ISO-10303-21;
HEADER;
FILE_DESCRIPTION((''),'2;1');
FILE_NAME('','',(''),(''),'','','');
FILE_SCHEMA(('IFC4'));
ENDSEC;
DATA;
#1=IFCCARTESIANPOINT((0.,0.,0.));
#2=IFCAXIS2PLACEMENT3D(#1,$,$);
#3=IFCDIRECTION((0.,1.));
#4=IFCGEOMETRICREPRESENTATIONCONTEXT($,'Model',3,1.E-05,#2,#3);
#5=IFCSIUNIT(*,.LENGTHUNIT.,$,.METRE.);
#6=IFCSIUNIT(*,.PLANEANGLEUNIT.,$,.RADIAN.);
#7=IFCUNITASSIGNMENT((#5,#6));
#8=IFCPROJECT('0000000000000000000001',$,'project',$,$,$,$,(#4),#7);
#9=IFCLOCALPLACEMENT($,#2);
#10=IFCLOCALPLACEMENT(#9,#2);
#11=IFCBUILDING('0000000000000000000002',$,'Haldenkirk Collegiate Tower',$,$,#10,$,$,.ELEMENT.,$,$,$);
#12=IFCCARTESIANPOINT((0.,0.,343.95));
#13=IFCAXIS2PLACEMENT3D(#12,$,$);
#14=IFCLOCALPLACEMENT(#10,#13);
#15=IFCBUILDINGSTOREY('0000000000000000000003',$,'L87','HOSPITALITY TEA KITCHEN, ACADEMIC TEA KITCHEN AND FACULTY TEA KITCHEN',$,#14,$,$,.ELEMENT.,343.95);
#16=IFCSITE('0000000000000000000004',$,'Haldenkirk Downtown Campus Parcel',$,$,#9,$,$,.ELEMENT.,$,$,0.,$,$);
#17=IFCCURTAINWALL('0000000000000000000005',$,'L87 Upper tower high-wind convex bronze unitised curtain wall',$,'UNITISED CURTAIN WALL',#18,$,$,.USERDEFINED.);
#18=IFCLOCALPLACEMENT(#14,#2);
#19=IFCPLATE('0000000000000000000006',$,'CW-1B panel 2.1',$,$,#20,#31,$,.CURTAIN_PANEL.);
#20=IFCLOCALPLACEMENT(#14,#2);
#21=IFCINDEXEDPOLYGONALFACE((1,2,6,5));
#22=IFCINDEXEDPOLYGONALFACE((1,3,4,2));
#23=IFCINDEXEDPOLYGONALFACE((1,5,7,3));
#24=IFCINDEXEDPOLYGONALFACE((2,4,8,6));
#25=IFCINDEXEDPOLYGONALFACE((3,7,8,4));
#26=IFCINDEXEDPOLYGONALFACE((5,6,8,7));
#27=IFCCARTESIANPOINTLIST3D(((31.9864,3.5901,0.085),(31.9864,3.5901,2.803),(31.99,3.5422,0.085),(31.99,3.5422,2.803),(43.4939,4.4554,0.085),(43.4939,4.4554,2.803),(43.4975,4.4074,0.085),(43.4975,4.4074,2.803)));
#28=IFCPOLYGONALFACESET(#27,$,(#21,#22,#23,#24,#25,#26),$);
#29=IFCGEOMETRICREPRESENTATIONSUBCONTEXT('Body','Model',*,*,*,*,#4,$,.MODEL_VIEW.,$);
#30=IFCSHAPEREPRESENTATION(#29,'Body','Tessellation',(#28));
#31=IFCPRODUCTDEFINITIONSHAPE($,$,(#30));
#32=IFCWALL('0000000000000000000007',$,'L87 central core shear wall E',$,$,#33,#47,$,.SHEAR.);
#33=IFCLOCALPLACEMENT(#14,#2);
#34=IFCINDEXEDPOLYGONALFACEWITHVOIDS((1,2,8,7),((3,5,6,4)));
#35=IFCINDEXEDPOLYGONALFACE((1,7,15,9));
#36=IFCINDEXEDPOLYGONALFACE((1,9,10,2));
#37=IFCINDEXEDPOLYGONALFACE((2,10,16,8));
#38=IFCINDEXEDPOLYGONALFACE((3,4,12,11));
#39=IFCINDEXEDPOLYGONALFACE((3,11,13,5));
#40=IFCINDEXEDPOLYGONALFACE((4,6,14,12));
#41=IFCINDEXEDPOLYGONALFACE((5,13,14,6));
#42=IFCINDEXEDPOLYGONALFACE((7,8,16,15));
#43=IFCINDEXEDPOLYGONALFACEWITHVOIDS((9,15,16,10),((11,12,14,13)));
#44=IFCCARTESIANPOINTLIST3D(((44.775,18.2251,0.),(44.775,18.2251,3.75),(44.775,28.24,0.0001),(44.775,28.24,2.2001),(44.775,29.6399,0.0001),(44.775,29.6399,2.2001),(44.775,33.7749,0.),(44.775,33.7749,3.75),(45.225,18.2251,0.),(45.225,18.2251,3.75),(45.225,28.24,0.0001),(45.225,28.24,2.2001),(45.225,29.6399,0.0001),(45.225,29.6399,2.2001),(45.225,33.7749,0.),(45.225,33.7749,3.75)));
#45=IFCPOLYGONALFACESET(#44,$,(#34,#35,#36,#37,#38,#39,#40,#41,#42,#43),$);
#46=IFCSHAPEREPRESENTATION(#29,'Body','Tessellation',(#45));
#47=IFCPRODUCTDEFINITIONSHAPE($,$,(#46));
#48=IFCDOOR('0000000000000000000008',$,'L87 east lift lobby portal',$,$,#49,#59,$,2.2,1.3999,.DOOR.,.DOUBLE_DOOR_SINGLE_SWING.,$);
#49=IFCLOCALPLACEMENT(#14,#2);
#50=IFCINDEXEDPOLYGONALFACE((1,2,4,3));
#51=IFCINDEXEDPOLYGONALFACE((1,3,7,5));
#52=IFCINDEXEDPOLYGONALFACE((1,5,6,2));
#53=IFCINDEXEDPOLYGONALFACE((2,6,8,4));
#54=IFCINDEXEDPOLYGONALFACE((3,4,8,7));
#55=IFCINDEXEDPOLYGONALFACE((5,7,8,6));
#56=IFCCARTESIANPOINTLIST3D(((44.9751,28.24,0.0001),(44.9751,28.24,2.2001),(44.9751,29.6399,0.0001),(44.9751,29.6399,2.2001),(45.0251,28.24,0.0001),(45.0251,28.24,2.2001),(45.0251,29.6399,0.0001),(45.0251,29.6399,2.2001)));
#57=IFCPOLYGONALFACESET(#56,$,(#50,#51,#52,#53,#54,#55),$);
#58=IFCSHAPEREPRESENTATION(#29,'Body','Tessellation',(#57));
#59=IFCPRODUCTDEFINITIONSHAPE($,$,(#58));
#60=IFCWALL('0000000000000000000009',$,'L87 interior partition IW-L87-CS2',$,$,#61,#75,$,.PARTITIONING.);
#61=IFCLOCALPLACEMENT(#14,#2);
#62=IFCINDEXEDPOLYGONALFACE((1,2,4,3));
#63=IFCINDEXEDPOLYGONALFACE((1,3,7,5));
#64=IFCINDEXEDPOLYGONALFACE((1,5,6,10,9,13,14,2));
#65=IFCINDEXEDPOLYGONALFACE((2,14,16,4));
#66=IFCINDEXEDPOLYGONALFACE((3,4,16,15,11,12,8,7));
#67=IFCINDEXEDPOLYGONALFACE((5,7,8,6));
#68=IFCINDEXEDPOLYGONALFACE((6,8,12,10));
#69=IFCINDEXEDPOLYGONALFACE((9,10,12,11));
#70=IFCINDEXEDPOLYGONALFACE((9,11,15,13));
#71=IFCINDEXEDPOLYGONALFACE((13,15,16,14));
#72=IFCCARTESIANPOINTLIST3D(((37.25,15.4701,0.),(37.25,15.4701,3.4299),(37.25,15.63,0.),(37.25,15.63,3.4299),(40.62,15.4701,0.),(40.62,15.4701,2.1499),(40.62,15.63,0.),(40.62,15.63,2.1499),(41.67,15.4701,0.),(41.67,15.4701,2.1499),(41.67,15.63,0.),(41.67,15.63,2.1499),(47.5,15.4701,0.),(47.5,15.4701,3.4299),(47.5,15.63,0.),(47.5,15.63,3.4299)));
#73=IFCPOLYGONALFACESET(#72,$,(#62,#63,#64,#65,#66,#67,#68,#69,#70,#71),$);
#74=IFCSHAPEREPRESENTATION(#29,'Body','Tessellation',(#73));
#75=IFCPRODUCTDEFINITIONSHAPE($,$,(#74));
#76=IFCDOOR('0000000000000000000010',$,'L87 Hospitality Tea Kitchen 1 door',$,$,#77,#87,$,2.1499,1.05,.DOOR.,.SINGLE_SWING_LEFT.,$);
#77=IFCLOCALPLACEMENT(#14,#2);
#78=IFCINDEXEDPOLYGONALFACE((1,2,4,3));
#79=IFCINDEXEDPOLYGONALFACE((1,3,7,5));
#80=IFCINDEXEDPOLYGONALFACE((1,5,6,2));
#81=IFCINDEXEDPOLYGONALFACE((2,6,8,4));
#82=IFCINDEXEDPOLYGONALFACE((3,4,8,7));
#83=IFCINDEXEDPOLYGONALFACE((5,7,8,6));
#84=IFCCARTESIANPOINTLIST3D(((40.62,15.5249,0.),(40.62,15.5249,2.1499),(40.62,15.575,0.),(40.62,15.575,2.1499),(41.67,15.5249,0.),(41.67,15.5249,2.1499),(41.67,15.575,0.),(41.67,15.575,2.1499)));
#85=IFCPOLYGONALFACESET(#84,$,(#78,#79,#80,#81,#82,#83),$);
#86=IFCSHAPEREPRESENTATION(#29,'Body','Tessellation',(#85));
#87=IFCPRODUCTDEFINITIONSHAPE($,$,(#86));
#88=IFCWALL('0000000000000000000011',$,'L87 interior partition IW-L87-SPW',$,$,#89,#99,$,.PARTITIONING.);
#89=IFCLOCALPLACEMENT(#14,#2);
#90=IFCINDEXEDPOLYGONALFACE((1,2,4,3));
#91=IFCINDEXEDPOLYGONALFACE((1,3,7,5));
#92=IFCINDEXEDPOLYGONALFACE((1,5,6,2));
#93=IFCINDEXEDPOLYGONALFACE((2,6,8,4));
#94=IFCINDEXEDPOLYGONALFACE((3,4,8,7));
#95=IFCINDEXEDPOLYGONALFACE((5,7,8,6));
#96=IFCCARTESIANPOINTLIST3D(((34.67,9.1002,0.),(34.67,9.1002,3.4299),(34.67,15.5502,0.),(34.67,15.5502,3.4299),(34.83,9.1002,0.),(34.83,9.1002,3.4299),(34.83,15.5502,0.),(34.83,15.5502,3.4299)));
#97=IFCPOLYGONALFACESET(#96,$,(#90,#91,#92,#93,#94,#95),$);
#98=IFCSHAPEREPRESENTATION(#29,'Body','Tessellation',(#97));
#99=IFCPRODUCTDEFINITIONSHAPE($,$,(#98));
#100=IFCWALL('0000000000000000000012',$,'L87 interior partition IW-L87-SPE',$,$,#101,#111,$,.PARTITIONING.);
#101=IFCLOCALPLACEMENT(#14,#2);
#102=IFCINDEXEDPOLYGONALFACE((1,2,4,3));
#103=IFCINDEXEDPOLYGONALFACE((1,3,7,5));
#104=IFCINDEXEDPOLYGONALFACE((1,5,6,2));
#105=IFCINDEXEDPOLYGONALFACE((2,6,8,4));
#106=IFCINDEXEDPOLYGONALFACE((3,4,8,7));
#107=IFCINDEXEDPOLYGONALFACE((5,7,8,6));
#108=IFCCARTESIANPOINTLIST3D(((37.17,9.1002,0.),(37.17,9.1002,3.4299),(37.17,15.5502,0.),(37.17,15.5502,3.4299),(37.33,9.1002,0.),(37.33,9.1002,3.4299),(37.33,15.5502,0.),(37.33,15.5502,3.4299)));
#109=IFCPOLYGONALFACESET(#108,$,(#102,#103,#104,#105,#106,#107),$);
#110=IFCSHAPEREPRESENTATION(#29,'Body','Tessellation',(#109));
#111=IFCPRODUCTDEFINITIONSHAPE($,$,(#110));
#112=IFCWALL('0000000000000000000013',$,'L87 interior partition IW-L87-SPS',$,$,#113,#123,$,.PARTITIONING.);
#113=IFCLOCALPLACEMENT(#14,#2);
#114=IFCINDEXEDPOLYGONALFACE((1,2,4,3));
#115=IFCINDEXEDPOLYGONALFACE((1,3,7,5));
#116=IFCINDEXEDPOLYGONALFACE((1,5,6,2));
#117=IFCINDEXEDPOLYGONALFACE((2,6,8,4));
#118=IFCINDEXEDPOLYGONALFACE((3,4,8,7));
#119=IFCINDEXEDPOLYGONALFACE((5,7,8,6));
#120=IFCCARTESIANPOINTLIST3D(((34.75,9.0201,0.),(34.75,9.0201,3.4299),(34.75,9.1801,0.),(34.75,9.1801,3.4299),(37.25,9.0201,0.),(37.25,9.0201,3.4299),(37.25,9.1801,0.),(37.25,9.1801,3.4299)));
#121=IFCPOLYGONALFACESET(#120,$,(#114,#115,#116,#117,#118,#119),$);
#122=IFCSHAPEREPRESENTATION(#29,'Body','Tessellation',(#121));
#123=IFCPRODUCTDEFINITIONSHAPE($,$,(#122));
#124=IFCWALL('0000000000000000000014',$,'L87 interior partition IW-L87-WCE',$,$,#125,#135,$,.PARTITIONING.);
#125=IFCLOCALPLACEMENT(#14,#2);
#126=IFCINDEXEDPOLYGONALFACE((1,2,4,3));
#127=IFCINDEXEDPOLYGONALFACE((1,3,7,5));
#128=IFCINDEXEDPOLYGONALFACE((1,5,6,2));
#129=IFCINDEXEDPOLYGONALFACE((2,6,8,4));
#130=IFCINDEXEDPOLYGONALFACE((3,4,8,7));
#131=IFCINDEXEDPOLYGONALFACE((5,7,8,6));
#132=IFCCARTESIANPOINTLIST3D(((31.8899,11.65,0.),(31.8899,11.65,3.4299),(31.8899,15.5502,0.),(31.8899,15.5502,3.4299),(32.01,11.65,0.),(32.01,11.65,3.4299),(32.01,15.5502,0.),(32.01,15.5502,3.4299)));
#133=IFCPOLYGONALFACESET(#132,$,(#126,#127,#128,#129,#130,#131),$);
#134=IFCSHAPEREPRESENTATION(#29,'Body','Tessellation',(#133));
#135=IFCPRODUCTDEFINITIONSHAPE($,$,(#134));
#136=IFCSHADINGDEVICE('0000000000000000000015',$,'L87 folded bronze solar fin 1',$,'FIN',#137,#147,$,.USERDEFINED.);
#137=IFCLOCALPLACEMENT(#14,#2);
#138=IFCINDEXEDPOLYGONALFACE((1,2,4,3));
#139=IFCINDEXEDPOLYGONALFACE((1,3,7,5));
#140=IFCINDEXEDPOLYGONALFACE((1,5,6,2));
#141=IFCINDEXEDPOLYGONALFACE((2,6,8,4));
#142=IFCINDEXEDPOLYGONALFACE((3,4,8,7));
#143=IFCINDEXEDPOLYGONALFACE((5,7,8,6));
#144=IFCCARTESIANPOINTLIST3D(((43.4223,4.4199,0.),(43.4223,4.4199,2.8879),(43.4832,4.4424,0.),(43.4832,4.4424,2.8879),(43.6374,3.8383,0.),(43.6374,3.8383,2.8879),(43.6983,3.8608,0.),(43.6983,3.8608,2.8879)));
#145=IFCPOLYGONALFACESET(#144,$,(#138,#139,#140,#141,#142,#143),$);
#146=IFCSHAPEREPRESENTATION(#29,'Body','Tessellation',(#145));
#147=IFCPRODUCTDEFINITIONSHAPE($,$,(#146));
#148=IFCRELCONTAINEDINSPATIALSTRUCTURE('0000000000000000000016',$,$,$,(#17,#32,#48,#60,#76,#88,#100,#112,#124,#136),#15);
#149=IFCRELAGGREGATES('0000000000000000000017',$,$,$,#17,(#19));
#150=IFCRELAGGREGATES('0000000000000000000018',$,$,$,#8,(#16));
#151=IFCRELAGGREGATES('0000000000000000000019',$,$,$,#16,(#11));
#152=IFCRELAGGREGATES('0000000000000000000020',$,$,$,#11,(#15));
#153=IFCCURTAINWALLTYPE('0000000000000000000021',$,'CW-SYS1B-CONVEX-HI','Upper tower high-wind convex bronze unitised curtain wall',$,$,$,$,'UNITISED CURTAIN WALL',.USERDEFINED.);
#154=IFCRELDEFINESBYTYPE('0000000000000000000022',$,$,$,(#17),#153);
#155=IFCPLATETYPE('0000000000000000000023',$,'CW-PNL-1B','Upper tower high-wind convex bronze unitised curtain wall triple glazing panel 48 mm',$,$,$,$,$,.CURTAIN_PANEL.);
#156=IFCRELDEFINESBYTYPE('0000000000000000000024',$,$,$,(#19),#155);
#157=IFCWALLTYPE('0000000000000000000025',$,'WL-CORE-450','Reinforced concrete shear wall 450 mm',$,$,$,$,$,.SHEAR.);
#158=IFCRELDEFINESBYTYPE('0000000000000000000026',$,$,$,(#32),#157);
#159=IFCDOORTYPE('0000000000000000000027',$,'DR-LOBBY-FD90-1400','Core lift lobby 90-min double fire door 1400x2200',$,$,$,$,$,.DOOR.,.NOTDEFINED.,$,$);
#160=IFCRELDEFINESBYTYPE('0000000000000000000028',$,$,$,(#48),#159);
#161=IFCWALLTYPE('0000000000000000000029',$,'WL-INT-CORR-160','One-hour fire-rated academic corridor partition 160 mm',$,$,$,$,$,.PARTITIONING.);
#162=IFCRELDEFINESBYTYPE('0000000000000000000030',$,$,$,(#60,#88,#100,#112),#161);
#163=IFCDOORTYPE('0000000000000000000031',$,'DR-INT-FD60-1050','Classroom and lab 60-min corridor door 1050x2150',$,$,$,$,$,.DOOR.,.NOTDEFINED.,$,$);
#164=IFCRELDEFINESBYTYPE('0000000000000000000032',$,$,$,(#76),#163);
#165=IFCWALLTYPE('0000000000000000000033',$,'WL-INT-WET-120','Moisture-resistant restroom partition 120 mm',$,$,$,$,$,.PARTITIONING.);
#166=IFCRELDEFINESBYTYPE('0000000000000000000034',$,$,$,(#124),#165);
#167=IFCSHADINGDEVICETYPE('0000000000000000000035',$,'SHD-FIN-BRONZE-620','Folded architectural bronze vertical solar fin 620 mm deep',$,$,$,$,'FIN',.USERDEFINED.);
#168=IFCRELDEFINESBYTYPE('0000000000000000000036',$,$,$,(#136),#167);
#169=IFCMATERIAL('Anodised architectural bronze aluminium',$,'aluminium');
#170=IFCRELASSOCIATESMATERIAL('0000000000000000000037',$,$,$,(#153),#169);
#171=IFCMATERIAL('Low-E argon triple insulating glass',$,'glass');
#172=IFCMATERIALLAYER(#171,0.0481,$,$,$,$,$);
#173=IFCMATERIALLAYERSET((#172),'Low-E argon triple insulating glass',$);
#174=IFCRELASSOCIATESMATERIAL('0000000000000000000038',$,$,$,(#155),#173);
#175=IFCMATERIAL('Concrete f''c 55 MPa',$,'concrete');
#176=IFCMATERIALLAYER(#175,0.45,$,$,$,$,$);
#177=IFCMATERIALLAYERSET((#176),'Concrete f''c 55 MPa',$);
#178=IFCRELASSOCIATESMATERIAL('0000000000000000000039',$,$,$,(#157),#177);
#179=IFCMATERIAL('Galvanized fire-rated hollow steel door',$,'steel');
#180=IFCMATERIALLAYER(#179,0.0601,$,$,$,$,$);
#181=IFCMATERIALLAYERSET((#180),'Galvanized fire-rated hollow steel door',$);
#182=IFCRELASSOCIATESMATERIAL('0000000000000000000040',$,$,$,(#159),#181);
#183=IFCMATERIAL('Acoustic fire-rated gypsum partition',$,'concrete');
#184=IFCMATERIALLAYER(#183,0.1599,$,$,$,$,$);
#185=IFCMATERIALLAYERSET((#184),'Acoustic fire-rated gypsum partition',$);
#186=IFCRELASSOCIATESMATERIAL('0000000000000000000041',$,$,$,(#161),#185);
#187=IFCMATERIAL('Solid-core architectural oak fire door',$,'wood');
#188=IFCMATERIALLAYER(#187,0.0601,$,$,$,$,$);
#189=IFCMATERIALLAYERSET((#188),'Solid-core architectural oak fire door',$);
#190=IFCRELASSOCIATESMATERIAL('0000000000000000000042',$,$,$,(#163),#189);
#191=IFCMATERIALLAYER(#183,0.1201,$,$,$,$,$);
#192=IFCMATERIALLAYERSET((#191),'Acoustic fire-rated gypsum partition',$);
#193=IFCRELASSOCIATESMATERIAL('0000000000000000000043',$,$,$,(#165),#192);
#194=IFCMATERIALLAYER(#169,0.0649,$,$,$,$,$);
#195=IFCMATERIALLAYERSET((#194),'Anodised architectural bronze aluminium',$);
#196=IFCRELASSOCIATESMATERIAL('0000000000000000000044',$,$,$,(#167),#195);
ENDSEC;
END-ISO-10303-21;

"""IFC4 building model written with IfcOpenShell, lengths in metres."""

from ifc_helpers import new_model, si_unit, direction, frame, frame_2d, origin, origin_2d, place, context, subcontext, project, spatial, rectangle, extrude, source, transform, mapped, material, layer, layer_set, type_object, element, fill, aggregate, save


model = new_model("IFC4")

# Units and contexts
model_context = context("Model", 3, precision=1e-05, world=origin(), true_north=direction((0.0, 1.0)))
body_context = subcontext(model_context, "Body", "Model", "MODEL_VIEW")
ifc_project = project(units=[si_unit("LENGTHUNIT", "METRE"), si_unit("PLANEANGLEUNIT", "RADIAN")], contexts=[model_context])

# Site, building, storey
site_placement = place(None, origin())
site = spatial("IfcSite", under=ifc_project, at=site_placement, Name="Haldenkirk Downtown Campus Parcel", CompositionType="ELEMENT", RefElevation=0.0)
building_placement = place(site_placement, origin())
building = spatial("IfcBuilding", under=site, at=building_placement, Name="Haldenkirk Collegiate Tower", CompositionType="ELEMENT")
storey_placement = place(building_placement, frame((0.0, 0.0, 343.95)))
storey = spatial("IfcBuildingStorey", under=building, at=storey_placement, Name="L87", Description="HOSPITALITY TEA KITCHEN, ACADEMIC TEA KITCHEN AND FACULTY TEA KITCHEN", CompositionType="ELEMENT", Elevation=343.95)

# Curtain wall, plate
ifc_material_1 = material(Name="Anodised architectural bronze aluminium", Category="aluminium")
curtain_wall_type = type_object("IfcCurtainWallType", Name="CW-SYS1B-CONVEX-HI", Description="Upper tower high-wind convex bronze unitised curtain wall", ElementType="UNITISED CURTAIN WALL", PredefinedType="USERDEFINED", material=ifc_material_1)
curtain_wall_placement = place(storey_placement, origin())
curtain_wall = element("IfcCurtainWall", 1, at=curtain_wall_placement, inside=storey, type_object=curtain_wall_type, Name="L87 Upper tower high-wind convex bronze unitised curtain wall", ObjectType="UNITISED CURTAIN WALL", PredefinedType="USERDEFINED")
ifc_material_2 = material(Name="Low-E argon triple insulating glass", Category="glass")
ifc_layer_1 = layer(ifc_material_2, 0.0481)
ifc_layer_set_1 = layer_set([ifc_layer_1], Name="Low-E argon triple insulating glass")
plate_type_1 = type_object("IfcPlateType", Name="CW-PNL-1B", Description="Upper tower high-wind convex bronze unitised curtain wall triple glazing panel 48 mm", PredefinedType="CURTAIN_PANEL", material=ifc_layer_set_1)
shared_shape_1 = source(origin(), body_context, "Body", "SweptSolid", [
    extrude(rectangle(XDim=11.54, YDim=0.0481, at=origin_2d()), origin(), (0.0, 0.0, 1.0), 2.718),
])
plate_1_placement = place(storey_placement, frame((37.7419, 3.9988, 0.085), z_axis=(0.0, 0.0, 1.0), x_axis=(-0.997185, -0.074976, 0.0)))
plate_1 = element("IfcPlate", 2, at=plate_1_placement, type_object=plate_type_1, Name="CW-1B panel 2.1", PredefinedType="CURTAIN_PANEL", context=body_context, shape_type="MappedRepresentation", body=[
    mapped(shared_shape_1, transform((0.0, 0.0, 0.0), x_axis=(1.0, 0.0, 0.0), y_axis=(0.0, 1.0, 0.0), z_axis=(0.0, 0.0, 1.0), scale=1.0)),
])
aggregate(curtain_wall, [plate_1])

# Walls, openings, doors
ifc_material_3 = material(Name="Concrete f'c 55 MPa", Category="concrete")
ifc_layer_2 = layer(ifc_material_3, 0.45)
ifc_layer_set_2 = layer_set([ifc_layer_2], Name="Concrete f'c 55 MPa")
wall_type_1 = type_object("IfcWallType", Name="WL-CORE-450", Description="Reinforced concrete shear wall 450 mm", PredefinedType="SHEAR", material=ifc_layer_set_2)
wall_1_placement = place(storey_placement, frame((45.0, 18.2251, 0.0), z_axis=(0.0, 0.0, 1.0), x_axis=(0.0, 1.0, 0.0)))
wall_1 = element("IfcWall", 3, at=wall_1_placement, inside=storey, type_object=wall_type_1, Name="L87 central core shear wall E", PredefinedType="SHEAR", context=body_context, shape_type="SweptSolid", body=[
    extrude(rectangle(XDim=15.5498, YDim=0.45, at=frame_2d((7.7749, 0.0))), origin(), (0.0, 0.0, 1.0), 3.75),
])
opening_1_placement = place(wall_1_placement, frame((10.0149, 0.0, 0.0)))
opening_1 = element("IfcOpeningElement", 4, at=opening_1_placement, cuts=wall_1, PredefinedType="OPENING", context=body_context, shape_type="SweptSolid", body=[
    extrude(rectangle(XDim=1.3999, YDim=2.2, at=frame_2d((0.7, 1.1001))), frame((0.0, 0.2349, 0.0), z_axis=(0.0, -1.0, 0.0), x_axis=(1.0, 0.0, 0.0)), (0.0, 0.0, 1.0), 0.47),
])
ifc_material_4 = material(Name="Galvanized fire-rated hollow steel door", Category="steel")
ifc_layer_3 = layer(ifc_material_4, 0.0601)
ifc_layer_set_3 = layer_set([ifc_layer_3], Name="Galvanized fire-rated hollow steel door")
door_type_1 = type_object("IfcDoorType", Name="DR-LOBBY-FD90-1400", Description="Core lift lobby 90-min double fire door 1400x2200", OperationType="NOTDEFINED", PredefinedType="DOOR", material=ifc_layer_set_3)
door_1_placement = place(opening_1_placement, origin())
door_1 = element("IfcDoor", 5, at=door_1_placement, inside=storey, type_object=door_type_1, Name="L87 east lift lobby portal", OperationType="DOUBLE_DOOR_SINGLE_SWING", OverallHeight=2.2, OverallWidth=1.3999, PredefinedType="DOOR", context=body_context, shape_type="SweptSolid", body=[
    extrude(rectangle(XDim=1.3999, YDim=2.2, at=frame_2d((0.7, 1.1001))), frame((0.0, 0.0249, 0.0), z_axis=(0.0, -1.0, 0.0), x_axis=(1.0, 0.0, 0.0)), (0.0, 0.0, 1.0), 0.05),
])
fill(opening_1, door_1)
ifc_material_5 = material(Name="Acoustic fire-rated gypsum partition", Category="concrete")
ifc_layer_4 = layer(ifc_material_5, 0.1599)
ifc_layer_set_4 = layer_set([ifc_layer_4], Name="Acoustic fire-rated gypsum partition")
wall_type_2 = type_object("IfcWallType", Name="WL-INT-CORR-160", Description="One-hour fire-rated academic corridor partition 160 mm", PredefinedType="PARTITIONING", material=ifc_layer_set_4)
wall_2_placement = place(storey_placement, frame((37.25, 15.55, 0.0), z_axis=(0.0, 0.0, 1.0), x_axis=(1.0, 0.0, 0.0)))
wall_2 = element("IfcWall", 6, at=wall_2_placement, inside=storey, type_object=wall_type_2, Name="L87 interior partition IW-L87-CS2", PredefinedType="PARTITIONING", context=body_context, shape_type="SweptSolid", body=[
    extrude(rectangle(XDim=10.25, YDim=0.1599, at=frame_2d((5.125, 0.0))), origin(), (0.0, 0.0, 1.0), 3.4299),
])
opening_2_placement = place(wall_2_placement, frame((3.3701, 0.0, 0.0)))
opening_2 = element("IfcOpeningElement", 7, at=opening_2_placement, cuts=wall_2, PredefinedType="OPENING", context=body_context, shape_type="SweptSolid", body=[
    extrude(rectangle(XDim=1.05, YDim=2.1499, at=frame_2d((0.5249, 1.075))), frame((0.0, 0.0898, 0.0), z_axis=(0.0, -1.0, 0.0), x_axis=(1.0, 0.0, 0.0)), (0.0, 0.0, 1.0), 0.1799),
])
ifc_material_6 = material(Name="Solid-core architectural oak fire door", Category="wood")
ifc_layer_5 = layer(ifc_material_6, 0.0601)
ifc_layer_set_5 = layer_set([ifc_layer_5], Name="Solid-core architectural oak fire door")
door_type_2 = type_object("IfcDoorType", Name="DR-INT-FD60-1050", Description="Classroom and lab 60-min corridor door 1050x2150", OperationType="NOTDEFINED", PredefinedType="DOOR", material=ifc_layer_set_5)
door_2_placement = place(opening_2_placement, origin())
door_2 = element("IfcDoor", 8, at=door_2_placement, inside=storey, type_object=door_type_2, Name="L87 Hospitality Tea Kitchen 1 door", OperationType="SINGLE_SWING_LEFT", OverallHeight=2.1499, OverallWidth=1.05, PredefinedType="DOOR", context=body_context, shape_type="SweptSolid", body=[
    extrude(rectangle(XDim=1.05, YDim=2.1499, at=frame_2d((0.5249, 1.075))), frame((0.0, 0.0249, 0.0), z_axis=(0.0, -1.0, 0.0), x_axis=(1.0, 0.0, 0.0)), (0.0, 0.0, 1.0), 0.05),
])
fill(opening_2, door_2)

# Walls
for number, where, z_axis, x_axis, name in (
    (9, (34.75, 9.1001, 0.0), (0.0, 0.0, 1.0), (0.0, 1.0, 0.0), "L87 interior partition IW-L87-SPW"),
    (10, (37.25, 9.1001, 0.0), (0.0, 0.0, 1.0), (0.0, 1.0, 0.0), "L87 interior partition IW-L87-SPE"),
):
    element("IfcWall", number, at=place(storey_placement, frame(where, z_axis=z_axis, x_axis=x_axis)), inside=storey, type_object=wall_type_2, Name=name, PredefinedType="PARTITIONING", context=body_context, shape_type="SweptSolid", body=[
        extrude(rectangle(XDim=6.45, YDim=0.1599, at=frame_2d((3.2251, 0.0))), origin(), (0.0, 0.0, 1.0), 3.4299),
    ])
wall_3_placement = place(storey_placement, frame((34.75, 9.1001, 0.0), z_axis=(0.0, 0.0, 1.0), x_axis=(1.0, 0.0, 0.0)))
element("IfcWall", 11, at=wall_3_placement, inside=storey, type_object=wall_type_2, Name="L87 interior partition IW-L87-SPS", PredefinedType="PARTITIONING", context=body_context, shape_type="SweptSolid", body=[
    extrude(rectangle(XDim=2.5, YDim=0.1599, at=frame_2d((1.25, 0.0))), origin(), (0.0, 0.0, 1.0), 3.4299),
])
ifc_layer_6 = layer(ifc_material_5, 0.1201)
ifc_layer_set_6 = layer_set([ifc_layer_6], Name="Acoustic fire-rated gypsum partition")
wall_type_3 = type_object("IfcWallType", Name="WL-INT-WET-120", Description="Moisture-resistant restroom partition 120 mm", PredefinedType="PARTITIONING", material=ifc_layer_set_6)
wall_4_placement = place(storey_placement, frame((31.95, 11.6499, 0.0), z_axis=(0.0, 0.0, 1.0), x_axis=(0.0, 1.0, 0.0)))
element("IfcWall", 12, at=wall_4_placement, inside=storey, type_object=wall_type_3, Name="L87 interior partition IW-L87-WCE", PredefinedType="PARTITIONING", context=body_context, shape_type="SweptSolid", body=[
    extrude(rectangle(XDim=3.9001, YDim=0.1201, at=frame_2d((1.9502, 0.0))), origin(), (0.0, 0.0, 1.0), 3.4299),
])

# Shading device
ifc_layer_7 = layer(ifc_material_1, 0.0649)
ifc_layer_set_7 = layer_set([ifc_layer_7], Name="Anodised architectural bronze aluminium")
shading_device_type = type_object("IfcShadingDeviceType", Name="SHD-FIN-BRONZE-620", Description="Folded architectural bronze vertical solar fin 620 mm deep", ElementType="FIN", PredefinedType="USERDEFINED", material=ifc_layer_set_7)
shared_shape_2 = source(origin(), body_context, "Body", "SweptSolid", [
    extrude(rectangle(XDim=0.6201, YDim=0.0649, at=origin_2d()), origin(), (0.0, 0.0, 1.0), 2.8879),
])
shading_device_placement = place(storey_placement, frame((43.5603, 4.1404, 0.0), z_axis=(0.0, 0.0, 1.0), x_axis=(0.346936, -0.937889, 0.0)))
element("IfcShadingDevice", 13, at=shading_device_placement, inside=storey, type_object=shading_device_type, Name="L87 folded bronze solar fin 1", ObjectType="FIN", PredefinedType="USERDEFINED", context=body_context, shape_type="MappedRepresentation", body=[
    mapped(shared_shape_2, transform((0.0, 0.0, 0.0), x_axis=(1.0, 0.0, 0.0), y_axis=(0.0, 1.0, 0.0), z_axis=(0.0, 0.0, 1.0), scale=1.0)),
])

save(model, "model.ifc")
